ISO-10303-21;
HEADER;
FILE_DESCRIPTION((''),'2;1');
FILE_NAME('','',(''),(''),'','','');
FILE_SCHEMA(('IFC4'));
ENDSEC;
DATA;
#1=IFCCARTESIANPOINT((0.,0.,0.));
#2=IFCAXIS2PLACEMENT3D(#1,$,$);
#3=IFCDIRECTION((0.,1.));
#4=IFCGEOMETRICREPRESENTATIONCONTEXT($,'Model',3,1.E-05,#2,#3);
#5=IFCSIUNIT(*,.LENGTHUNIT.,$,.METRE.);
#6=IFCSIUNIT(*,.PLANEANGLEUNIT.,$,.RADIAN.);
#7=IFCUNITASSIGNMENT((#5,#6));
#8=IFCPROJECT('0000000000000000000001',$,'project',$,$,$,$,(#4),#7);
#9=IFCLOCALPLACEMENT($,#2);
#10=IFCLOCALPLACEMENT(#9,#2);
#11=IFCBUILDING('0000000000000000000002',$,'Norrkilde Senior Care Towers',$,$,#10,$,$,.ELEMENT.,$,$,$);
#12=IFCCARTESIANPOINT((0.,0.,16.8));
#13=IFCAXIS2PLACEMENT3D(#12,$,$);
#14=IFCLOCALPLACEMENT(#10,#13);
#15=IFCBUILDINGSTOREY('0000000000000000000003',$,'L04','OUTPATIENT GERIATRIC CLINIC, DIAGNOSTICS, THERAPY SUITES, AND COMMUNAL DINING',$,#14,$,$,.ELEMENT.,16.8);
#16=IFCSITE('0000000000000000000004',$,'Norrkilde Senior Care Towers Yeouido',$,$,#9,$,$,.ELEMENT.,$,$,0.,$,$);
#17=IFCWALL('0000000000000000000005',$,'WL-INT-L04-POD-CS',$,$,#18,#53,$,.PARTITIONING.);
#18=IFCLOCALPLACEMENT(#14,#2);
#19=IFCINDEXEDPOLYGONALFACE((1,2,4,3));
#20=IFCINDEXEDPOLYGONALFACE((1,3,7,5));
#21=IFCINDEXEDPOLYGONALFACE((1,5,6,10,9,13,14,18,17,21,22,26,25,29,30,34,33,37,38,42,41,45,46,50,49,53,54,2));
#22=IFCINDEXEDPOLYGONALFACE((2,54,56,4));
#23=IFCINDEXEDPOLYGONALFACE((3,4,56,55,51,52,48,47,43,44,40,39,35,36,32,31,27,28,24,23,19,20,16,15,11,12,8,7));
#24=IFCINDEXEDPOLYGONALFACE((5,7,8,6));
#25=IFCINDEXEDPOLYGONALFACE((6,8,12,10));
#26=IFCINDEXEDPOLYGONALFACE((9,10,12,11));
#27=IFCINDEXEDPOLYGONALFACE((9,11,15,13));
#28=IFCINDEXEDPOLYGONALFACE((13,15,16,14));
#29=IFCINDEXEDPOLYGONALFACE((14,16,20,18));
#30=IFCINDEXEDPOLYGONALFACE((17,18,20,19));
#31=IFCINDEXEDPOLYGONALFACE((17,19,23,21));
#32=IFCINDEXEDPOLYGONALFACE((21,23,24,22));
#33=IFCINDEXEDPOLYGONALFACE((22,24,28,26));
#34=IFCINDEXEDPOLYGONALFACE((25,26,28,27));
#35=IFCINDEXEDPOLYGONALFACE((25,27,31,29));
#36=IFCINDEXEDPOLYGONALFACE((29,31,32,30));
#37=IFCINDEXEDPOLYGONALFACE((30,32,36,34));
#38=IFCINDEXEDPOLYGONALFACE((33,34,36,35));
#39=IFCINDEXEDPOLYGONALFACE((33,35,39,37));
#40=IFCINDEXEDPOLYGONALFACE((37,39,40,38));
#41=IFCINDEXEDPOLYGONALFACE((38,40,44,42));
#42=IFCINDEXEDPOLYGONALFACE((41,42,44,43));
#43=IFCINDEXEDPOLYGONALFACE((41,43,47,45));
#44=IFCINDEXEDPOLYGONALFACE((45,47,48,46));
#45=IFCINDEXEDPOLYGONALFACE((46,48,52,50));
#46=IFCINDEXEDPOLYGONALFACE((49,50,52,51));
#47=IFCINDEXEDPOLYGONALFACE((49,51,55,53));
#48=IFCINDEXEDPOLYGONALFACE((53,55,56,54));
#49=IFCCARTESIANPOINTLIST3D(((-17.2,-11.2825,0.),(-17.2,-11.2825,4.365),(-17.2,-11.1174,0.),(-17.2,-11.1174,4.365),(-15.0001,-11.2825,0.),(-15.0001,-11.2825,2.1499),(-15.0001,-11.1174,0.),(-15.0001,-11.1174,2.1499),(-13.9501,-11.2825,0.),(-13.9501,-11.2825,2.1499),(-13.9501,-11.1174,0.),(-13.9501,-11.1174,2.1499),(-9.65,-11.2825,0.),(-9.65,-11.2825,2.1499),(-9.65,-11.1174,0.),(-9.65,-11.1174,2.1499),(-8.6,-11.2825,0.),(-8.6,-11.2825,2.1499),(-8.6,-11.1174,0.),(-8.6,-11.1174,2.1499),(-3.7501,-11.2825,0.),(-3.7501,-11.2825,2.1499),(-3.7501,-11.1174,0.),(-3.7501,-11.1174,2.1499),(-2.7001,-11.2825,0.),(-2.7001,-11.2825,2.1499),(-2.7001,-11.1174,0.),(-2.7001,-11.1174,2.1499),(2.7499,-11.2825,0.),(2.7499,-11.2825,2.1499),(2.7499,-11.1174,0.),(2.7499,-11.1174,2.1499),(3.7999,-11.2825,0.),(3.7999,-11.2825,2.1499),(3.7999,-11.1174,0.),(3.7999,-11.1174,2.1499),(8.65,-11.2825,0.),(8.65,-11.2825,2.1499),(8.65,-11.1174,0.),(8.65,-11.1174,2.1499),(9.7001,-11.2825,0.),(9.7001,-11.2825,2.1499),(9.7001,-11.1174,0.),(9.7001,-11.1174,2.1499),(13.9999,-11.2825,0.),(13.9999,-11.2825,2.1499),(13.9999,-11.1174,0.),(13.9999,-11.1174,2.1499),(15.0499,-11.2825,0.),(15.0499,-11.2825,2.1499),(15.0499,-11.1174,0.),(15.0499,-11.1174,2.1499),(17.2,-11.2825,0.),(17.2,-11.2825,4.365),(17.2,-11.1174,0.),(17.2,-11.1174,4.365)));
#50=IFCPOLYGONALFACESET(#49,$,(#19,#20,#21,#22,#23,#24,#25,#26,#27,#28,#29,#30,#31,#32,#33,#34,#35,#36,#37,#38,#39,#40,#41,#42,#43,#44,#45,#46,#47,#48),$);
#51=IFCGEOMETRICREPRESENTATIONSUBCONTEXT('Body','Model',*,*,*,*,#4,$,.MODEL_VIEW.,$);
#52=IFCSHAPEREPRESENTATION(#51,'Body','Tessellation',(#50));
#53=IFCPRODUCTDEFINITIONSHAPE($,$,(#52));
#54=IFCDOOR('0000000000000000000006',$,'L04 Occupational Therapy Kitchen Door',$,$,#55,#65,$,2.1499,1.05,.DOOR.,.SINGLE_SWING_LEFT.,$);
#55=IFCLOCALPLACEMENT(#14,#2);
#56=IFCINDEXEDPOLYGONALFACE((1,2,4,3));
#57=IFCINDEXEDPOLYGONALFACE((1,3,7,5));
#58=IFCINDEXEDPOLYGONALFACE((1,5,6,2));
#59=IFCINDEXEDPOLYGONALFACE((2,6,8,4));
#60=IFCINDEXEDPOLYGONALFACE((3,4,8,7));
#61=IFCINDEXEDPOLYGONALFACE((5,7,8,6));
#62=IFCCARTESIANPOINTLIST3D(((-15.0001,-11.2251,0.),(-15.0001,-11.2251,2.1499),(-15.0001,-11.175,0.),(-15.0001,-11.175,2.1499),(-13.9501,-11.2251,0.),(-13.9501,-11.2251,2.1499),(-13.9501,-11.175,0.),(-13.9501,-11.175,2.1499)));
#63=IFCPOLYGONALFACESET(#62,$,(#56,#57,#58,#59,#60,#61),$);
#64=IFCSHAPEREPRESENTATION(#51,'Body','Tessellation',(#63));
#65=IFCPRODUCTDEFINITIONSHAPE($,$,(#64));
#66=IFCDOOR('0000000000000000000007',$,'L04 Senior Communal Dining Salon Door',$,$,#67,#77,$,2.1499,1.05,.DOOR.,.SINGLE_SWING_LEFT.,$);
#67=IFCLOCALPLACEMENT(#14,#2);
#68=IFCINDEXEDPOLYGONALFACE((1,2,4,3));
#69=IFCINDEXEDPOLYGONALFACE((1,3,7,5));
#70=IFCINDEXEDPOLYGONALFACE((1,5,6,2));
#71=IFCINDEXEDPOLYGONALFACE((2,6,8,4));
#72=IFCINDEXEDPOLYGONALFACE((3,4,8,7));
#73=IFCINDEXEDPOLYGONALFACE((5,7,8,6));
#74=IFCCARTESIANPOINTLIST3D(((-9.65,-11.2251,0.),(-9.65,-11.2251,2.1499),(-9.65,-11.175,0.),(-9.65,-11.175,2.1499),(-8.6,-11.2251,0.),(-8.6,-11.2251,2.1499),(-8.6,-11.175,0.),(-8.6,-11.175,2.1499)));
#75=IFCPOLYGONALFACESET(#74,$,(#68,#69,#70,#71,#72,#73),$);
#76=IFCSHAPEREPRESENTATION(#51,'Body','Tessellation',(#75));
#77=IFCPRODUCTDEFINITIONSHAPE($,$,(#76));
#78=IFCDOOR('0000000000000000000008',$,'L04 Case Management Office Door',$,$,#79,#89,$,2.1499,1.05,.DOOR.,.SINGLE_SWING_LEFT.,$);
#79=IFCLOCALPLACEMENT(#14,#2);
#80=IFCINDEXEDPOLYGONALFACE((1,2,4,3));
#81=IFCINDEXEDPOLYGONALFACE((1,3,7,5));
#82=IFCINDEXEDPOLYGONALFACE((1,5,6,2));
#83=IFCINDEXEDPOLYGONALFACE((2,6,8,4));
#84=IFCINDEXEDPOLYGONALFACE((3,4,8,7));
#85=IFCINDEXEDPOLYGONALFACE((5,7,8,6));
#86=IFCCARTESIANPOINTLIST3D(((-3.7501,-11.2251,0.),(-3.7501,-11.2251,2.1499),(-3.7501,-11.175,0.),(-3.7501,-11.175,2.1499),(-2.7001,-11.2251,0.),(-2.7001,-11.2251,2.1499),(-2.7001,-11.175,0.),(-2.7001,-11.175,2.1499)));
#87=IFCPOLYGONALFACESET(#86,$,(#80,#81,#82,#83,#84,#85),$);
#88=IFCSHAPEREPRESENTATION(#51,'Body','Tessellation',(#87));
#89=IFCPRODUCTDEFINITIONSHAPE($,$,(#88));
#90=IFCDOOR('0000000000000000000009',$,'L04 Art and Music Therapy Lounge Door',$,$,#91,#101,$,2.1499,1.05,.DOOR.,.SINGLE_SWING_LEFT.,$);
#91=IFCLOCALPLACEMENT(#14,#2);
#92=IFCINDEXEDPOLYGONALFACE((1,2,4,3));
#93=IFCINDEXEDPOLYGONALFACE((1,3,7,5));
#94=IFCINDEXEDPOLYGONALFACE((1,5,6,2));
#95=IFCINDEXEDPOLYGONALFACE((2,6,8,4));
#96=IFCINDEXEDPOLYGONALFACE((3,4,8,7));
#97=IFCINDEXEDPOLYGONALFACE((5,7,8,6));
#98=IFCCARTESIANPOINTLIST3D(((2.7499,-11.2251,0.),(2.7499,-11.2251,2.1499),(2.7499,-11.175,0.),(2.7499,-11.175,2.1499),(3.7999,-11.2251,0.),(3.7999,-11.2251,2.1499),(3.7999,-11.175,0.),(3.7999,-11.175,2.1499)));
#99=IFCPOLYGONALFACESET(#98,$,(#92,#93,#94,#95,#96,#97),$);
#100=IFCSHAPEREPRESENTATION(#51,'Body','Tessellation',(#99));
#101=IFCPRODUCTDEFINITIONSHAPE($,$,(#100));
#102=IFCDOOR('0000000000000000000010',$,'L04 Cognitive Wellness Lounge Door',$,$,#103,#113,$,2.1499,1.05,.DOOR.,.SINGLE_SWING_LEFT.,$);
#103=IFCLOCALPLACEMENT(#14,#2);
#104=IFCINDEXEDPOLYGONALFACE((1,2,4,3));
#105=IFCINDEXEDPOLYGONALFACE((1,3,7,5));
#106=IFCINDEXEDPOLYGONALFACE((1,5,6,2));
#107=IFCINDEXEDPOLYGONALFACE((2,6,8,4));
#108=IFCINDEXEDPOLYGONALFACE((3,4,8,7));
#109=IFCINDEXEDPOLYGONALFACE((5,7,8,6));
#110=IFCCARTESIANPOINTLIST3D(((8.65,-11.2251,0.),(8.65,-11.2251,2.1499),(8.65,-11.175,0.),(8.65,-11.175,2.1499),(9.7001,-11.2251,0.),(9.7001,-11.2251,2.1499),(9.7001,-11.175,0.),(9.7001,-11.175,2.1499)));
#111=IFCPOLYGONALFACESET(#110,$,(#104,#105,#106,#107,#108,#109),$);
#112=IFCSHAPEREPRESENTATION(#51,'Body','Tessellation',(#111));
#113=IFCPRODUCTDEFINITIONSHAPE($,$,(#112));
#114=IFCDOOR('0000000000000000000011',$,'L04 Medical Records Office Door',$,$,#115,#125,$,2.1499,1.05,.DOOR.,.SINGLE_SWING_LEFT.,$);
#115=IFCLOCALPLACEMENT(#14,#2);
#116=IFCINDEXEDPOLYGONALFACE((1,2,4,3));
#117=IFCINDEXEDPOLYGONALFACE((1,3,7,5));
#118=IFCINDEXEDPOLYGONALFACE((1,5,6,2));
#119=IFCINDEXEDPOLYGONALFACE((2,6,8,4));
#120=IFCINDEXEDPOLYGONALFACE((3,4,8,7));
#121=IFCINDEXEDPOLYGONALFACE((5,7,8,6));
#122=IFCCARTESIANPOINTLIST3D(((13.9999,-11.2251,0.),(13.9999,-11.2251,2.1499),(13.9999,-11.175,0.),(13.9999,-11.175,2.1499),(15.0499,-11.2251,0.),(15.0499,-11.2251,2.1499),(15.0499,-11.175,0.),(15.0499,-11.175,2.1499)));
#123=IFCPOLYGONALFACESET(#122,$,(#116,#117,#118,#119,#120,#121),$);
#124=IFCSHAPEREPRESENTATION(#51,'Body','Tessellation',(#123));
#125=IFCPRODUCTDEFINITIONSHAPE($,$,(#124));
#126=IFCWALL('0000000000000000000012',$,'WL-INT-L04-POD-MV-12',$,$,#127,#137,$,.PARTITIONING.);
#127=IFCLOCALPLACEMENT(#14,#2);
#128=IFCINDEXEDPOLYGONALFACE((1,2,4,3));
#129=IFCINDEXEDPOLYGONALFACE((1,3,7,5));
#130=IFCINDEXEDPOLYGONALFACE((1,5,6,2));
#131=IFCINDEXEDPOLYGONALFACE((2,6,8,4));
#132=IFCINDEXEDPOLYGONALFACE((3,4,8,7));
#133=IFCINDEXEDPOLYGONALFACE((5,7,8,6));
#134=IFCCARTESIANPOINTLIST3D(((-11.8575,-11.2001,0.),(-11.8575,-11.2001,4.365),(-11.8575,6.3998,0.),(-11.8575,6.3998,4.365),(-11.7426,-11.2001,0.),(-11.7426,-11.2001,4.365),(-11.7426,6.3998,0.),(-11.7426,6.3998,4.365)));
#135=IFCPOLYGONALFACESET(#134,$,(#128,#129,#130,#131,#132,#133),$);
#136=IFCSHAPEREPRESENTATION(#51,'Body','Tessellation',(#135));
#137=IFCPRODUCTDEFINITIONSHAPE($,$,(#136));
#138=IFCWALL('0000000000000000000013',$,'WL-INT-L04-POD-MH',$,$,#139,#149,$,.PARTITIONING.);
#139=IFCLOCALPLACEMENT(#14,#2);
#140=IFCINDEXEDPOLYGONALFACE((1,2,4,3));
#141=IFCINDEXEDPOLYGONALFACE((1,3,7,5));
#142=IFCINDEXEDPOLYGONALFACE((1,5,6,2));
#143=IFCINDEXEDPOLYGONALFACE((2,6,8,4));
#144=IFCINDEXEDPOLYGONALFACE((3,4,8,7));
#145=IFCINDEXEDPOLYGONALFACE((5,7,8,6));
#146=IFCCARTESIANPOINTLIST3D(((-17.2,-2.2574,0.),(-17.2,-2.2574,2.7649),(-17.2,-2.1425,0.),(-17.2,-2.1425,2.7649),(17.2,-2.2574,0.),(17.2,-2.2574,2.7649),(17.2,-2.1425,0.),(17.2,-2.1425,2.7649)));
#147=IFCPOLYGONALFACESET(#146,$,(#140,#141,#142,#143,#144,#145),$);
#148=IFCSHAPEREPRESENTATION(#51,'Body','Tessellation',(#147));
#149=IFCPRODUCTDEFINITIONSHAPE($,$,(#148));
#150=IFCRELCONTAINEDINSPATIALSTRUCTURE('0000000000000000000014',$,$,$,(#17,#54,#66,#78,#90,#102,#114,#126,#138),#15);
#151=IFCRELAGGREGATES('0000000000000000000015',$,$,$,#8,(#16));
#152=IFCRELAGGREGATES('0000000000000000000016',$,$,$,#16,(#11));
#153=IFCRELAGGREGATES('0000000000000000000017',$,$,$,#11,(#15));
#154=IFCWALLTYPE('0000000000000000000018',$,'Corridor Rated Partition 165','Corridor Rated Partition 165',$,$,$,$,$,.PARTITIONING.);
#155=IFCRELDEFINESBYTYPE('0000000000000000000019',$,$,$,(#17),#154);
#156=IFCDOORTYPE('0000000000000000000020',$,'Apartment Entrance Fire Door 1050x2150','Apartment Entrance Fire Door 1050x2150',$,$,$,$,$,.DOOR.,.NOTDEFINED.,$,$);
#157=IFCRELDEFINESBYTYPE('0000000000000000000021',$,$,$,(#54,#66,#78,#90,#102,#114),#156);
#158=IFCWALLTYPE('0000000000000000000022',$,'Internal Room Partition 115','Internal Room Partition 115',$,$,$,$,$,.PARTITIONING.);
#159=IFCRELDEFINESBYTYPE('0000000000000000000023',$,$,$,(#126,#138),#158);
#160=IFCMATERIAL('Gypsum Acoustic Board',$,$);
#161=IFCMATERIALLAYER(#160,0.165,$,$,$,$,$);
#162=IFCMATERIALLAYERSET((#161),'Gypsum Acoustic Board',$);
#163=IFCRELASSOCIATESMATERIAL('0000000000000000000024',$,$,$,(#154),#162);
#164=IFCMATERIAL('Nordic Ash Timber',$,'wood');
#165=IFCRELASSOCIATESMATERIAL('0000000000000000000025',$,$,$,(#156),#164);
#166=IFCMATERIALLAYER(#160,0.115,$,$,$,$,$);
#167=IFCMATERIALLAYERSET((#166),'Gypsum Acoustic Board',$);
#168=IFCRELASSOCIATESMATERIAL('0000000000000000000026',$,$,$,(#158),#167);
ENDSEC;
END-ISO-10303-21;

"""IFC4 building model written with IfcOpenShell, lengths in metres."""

from ifc_helpers import new_model, si_unit, direction, frame, frame_2d, origin, place, context, subcontext, project, spatial, rectangle, extrude, source, transform, mapped, material, layer, layer_set, type_object, type_shapes, element, fill, save


model = new_model("IFC4")

# Units and contexts
model_context = context("Model", 3, precision=1e-05, world=origin(), true_north=direction((0.0, 1.0)))
body_context = subcontext(model_context, "Body", "Model", "MODEL_VIEW")
ifc_project = project(units=[si_unit("LENGTHUNIT", "METRE"), si_unit("PLANEANGLEUNIT", "RADIAN")], contexts=[model_context])

# Site, building, storey
site_placement = place(None, origin())
site = spatial("IfcSite", under=ifc_project, at=site_placement, Name="Norrkilde Senior Care Towers Yeouido", CompositionType="ELEMENT", RefElevation=0.0)
building_placement = place(site_placement, origin())
building = spatial("IfcBuilding", under=site, at=building_placement, Name="Norrkilde Senior Care Towers", CompositionType="ELEMENT")
storey_placement = place(building_placement, frame((0.0, 0.0, 16.8)))
storey = spatial("IfcBuildingStorey", under=building, at=storey_placement, Name="L04", Description="OUTPATIENT GERIATRIC CLINIC, DIAGNOSTICS, THERAPY SUITES, AND COMMUNAL DINING", CompositionType="ELEMENT", Elevation=16.8)

# Shared definitions
ifc_material_1 = material(Name="Gypsum Acoustic Board")

# Shared definitions
ifc_layer_1 = layer(ifc_material_1, 0.165)
ifc_layer_set_1 = layer_set([ifc_layer_1], Name="Gypsum Acoustic Board")
wall_type_1 = type_object("IfcWallType", Name="Corridor Rated Partition 165", Description="Corridor Rated Partition 165", PredefinedType="PARTITIONING", material=ifc_layer_set_1)

# Wall, openings, doors
shared_shape_1 = source(origin(), body_context, "Body", "SweptSolid", [
    extrude(rectangle(XDim=34.3999, YDim=0.165, at=frame_2d((17.2, 0.0))), origin(), (0.0, 0.0, 1.0), 4.365),
])
wall_1_placement = place(storey_placement, frame((-17.2, -11.2, 0.0), z_axis=(0.0, 0.0, 1.0), x_axis=(1.0, 0.0, 0.0)))
wall_1 = element("IfcWall", 1, at=wall_1_placement, inside=storey, type_object=wall_type_1, Name="WL-INT-L04-POD-CS", PredefinedType="PARTITIONING", context=body_context, shape_type="MappedRepresentation", body=[
    mapped(shared_shape_1, transform((0.0, 0.0, 0.0), x_axis=(1.0, 0.0, 0.0), y_axis=(0.0, 1.0, 0.0), z_axis=(0.0, 0.0, 1.0), scale=1.0)),
])
opening_1_placement = place(wall_1_placement, frame((2.2, 0.0, 0.0)))
opening_1 = element("IfcOpeningElement", 2, at=opening_1_placement, cuts=wall_1, PredefinedType="OPENING", context=body_context, shape_type="SweptSolid", body=[
    extrude(rectangle(XDim=1.05, YDim=2.1499, at=frame_2d((0.5249, 1.075))), frame((0.0, 0.0925, 0.0), z_axis=(0.0, -1.0, 0.0), x_axis=(1.0, 0.0, 0.0)), (0.0, 0.0, 1.0), 0.1851),
])
opening_2_placement = place(wall_1_placement, frame((7.55, 0.0, 0.0)))
opening_2 = element("IfcOpeningElement", 3, at=opening_2_placement, cuts=wall_1, PredefinedType="OPENING", context=body_context, shape_type="SweptSolid", body=[
    extrude(rectangle(XDim=1.05, YDim=2.1499, at=frame_2d((0.5249, 1.075))), frame((0.0, 0.0925, 0.0), z_axis=(0.0, -1.0, 0.0), x_axis=(1.0, 0.0, 0.0)), (0.0, 0.0, 1.0), 0.1851),
])
opening_3_placement = place(wall_1_placement, frame((13.45, 0.0, 0.0)))
opening_3 = element("IfcOpeningElement", 4, at=opening_3_placement, cuts=wall_1, PredefinedType="OPENING", context=body_context, shape_type="SweptSolid", body=[
    extrude(rectangle(XDim=1.05, YDim=2.1499, at=frame_2d((0.5249, 1.075))), frame((0.0, 0.0925, 0.0), z_axis=(0.0, -1.0, 0.0), x_axis=(1.0, 0.0, 0.0)), (0.0, 0.0, 1.0), 0.1851),
])
opening_4_placement = place(wall_1_placement, frame((19.95, 0.0, 0.0)))
opening_4 = element("IfcOpeningElement", 5, at=opening_4_placement, cuts=wall_1, PredefinedType="OPENING", context=body_context, shape_type="SweptSolid", body=[
    extrude(rectangle(XDim=1.05, YDim=2.1499, at=frame_2d((0.5249, 1.075))), frame((0.0, 0.0925, 0.0), z_axis=(0.0, -1.0, 0.0), x_axis=(1.0, 0.0, 0.0)), (0.0, 0.0, 1.0), 0.1851),
])
opening_5_placement = place(wall_1_placement, frame((25.8501, 0.0, 0.0)))
opening_5 = element("IfcOpeningElement", 6, at=opening_5_placement, cuts=wall_1, PredefinedType="OPENING", context=body_context, shape_type="SweptSolid", body=[
    extrude(rectangle(XDim=1.05, YDim=2.1499, at=frame_2d((0.5249, 1.075))), frame((0.0, 0.0925, 0.0), z_axis=(0.0, -1.0, 0.0), x_axis=(1.0, 0.0, 0.0)), (0.0, 0.0, 1.0), 0.1851),
])
opening_6_placement = place(wall_1_placement, frame((31.2, 0.0, 0.0)))
opening_6 = element("IfcOpeningElement", 7, at=opening_6_placement, cuts=wall_1, PredefinedType="OPENING", context=body_context, shape_type="SweptSolid", body=[
    extrude(rectangle(XDim=1.05, YDim=2.1499, at=frame_2d((0.5249, 1.075))), frame((0.0, 0.0925, 0.0), z_axis=(0.0, -1.0, 0.0), x_axis=(1.0, 0.0, 0.0)), (0.0, 0.0, 1.0), 0.1851),
])
ifc_material_2 = material(Name="Nordic Ash Timber", Category="wood")
door_type_1 = type_object("IfcDoorType", Name="Apartment Entrance Fire Door 1050x2150", Description="Apartment Entrance Fire Door 1050x2150", OperationType="NOTDEFINED", PredefinedType="DOOR", material=ifc_material_2)
shared_shape_2 = source(origin(), body_context, "Body", "SweptSolid", [
    extrude(rectangle(XDim=1.05, YDim=2.1499, at=frame_2d((0.5249, 1.075))), frame((0.0, 0.0249, 0.0), z_axis=(0.0, -1.0, 0.0), x_axis=(1.0, 0.0, 0.0)), (0.0, 0.0, 1.0), 0.05),
])
type_shapes(door_type_1, [shared_shape_2])
door_1_placement = place(opening_1_placement, origin())
door_1 = element("IfcDoor", 8, at=door_1_placement, inside=storey, type_object=door_type_1, Name="L04 Occupational Therapy Kitchen Door", OperationType="SINGLE_SWING_LEFT", OverallHeight=2.1499, OverallWidth=1.05, PredefinedType="DOOR", context=body_context, shape_type="MappedRepresentation", body=[
    mapped(shared_shape_2, transform((0.0, 0.0, 0.0), x_axis=(1.0, 0.0, 0.0), y_axis=(0.0, 1.0, 0.0), z_axis=(0.0, 0.0, 1.0), scale=1.0)),
])
fill(opening_1, door_1)
door_2_placement = place(opening_2_placement, origin())
door_2 = element("IfcDoor", 9, at=door_2_placement, inside=storey, type_object=door_type_1, Name="L04 Senior Communal Dining Salon Door", OperationType="SINGLE_SWING_LEFT", OverallHeight=2.1499, OverallWidth=1.05, PredefinedType="DOOR", context=body_context, shape_type="MappedRepresentation", body=[
    mapped(shared_shape_2, transform((0.0, 0.0, 0.0), x_axis=(1.0, 0.0, 0.0), y_axis=(0.0, 1.0, 0.0), z_axis=(0.0, 0.0, 1.0), scale=1.0)),
])
fill(opening_2, door_2)
door_3_placement = place(opening_3_placement, origin())
door_3 = element("IfcDoor", 10, at=door_3_placement, inside=storey, type_object=door_type_1, Name="L04 Case Management Office Door", OperationType="SINGLE_SWING_LEFT", OverallHeight=2.1499, OverallWidth=1.05, PredefinedType="DOOR", context=body_context, shape_type="MappedRepresentation", body=[
    mapped(shared_shape_2, transform((0.0, 0.0, 0.0), x_axis=(1.0, 0.0, 0.0), y_axis=(0.0, 1.0, 0.0), z_axis=(0.0, 0.0, 1.0), scale=1.0)),
])
fill(opening_3, door_3)
door_4_placement = place(opening_4_placement, origin())
door_4 = element("IfcDoor", 11, at=door_4_placement, inside=storey, type_object=door_type_1, Name="L04 Art and Music Therapy Lounge Door", OperationType="SINGLE_SWING_LEFT", OverallHeight=2.1499, OverallWidth=1.05, PredefinedType="DOOR", context=body_context, shape_type="MappedRepresentation", body=[
    mapped(shared_shape_2, transform((0.0, 0.0, 0.0), x_axis=(1.0, 0.0, 0.0), y_axis=(0.0, 1.0, 0.0), z_axis=(0.0, 0.0, 1.0), scale=1.0)),
])
fill(opening_4, door_4)
door_5_placement = place(opening_5_placement, origin())
door_5 = element("IfcDoor", 12, at=door_5_placement, inside=storey, type_object=door_type_1, Name="L04 Cognitive Wellness Lounge Door", OperationType="SINGLE_SWING_LEFT", OverallHeight=2.1499, OverallWidth=1.05, PredefinedType="DOOR", context=body_context, shape_type="MappedRepresentation", body=[
    mapped(shared_shape_2, transform((0.0, 0.0, 0.0), x_axis=(1.0, 0.0, 0.0), y_axis=(0.0, 1.0, 0.0), z_axis=(0.0, 0.0, 1.0), scale=1.0)),
])
fill(opening_5, door_5)
door_6_placement = place(opening_6_placement, origin())
door_6 = element("IfcDoor", 13, at=door_6_placement, inside=storey, type_object=door_type_1, Name="L04 Medical Records Office Door", OperationType="SINGLE_SWING_LEFT", OverallHeight=2.1499, OverallWidth=1.05, PredefinedType="DOOR", context=body_context, shape_type="MappedRepresentation", body=[
    mapped(shared_shape_2, transform((0.0, 0.0, 0.0), x_axis=(1.0, 0.0, 0.0), y_axis=(0.0, 1.0, 0.0), z_axis=(0.0, 0.0, 1.0), scale=1.0)),
])
fill(opening_6, door_6)

# Walls
ifc_layer_2 = layer(ifc_material_1, 0.115)
ifc_layer_set_2 = layer_set([ifc_layer_2], Name="Gypsum Acoustic Board")
wall_type_2 = type_object("IfcWallType", Name="Internal Room Partition 115", Description="Internal Room Partition 115", PredefinedType="PARTITIONING", material=ifc_layer_set_2)
shared_shape_3 = source(origin(), body_context, "Body", "SweptSolid", [
    extrude(rectangle(XDim=17.5999, YDim=0.115, at=frame_2d((8.7998, 0.0))), origin(), (0.0, 0.0, 1.0), 4.365),
])
wall_2_placement = place(storey_placement, frame((-11.8, -11.2, 0.0), z_axis=(0.0, 0.0, 1.0), x_axis=(0.0, 1.0, 0.0)))
element("IfcWall", 14, at=wall_2_placement, inside=storey, type_object=wall_type_2, Name="WL-INT-L04-POD-MV-12", PredefinedType="PARTITIONING", context=body_context, shape_type="MappedRepresentation", body=[
    mapped(shared_shape_3, transform((0.0, 0.0, 0.0), x_axis=(1.0, 0.0, 0.0), y_axis=(0.0, 1.0, 0.0), z_axis=(0.0, 0.0, 1.0), scale=1.0)),
])
shared_shape_4 = source(origin(), body_context, "Body", "SweptSolid", [
    extrude(rectangle(XDim=34.3999, YDim=0.115, at=frame_2d((17.2, 0.0))), origin(), (0.0, 0.0, 1.0), 2.7649),
])
type_shapes(wall_type_2, [shared_shape_3, shared_shape_4])
wall_3_placement = place(storey_placement, frame((-17.2, -2.2, 0.0), z_axis=(0.0, 0.0, 1.0), x_axis=(1.0, 0.0, 0.0)))
element("IfcWall", 15, at=wall_3_placement, inside=storey, type_object=wall_type_2, Name="WL-INT-L04-POD-MH", PredefinedType="PARTITIONING", context=body_context, shape_type="MappedRepresentation", body=[
    mapped(shared_shape_4, transform((0.0, 0.0, 0.0), x_axis=(1.0, 0.0, 0.0), y_axis=(0.0, 1.0, 0.0), z_axis=(0.0, 0.0, 1.0), scale=1.0)),
])

save(model, "model.ifc")
